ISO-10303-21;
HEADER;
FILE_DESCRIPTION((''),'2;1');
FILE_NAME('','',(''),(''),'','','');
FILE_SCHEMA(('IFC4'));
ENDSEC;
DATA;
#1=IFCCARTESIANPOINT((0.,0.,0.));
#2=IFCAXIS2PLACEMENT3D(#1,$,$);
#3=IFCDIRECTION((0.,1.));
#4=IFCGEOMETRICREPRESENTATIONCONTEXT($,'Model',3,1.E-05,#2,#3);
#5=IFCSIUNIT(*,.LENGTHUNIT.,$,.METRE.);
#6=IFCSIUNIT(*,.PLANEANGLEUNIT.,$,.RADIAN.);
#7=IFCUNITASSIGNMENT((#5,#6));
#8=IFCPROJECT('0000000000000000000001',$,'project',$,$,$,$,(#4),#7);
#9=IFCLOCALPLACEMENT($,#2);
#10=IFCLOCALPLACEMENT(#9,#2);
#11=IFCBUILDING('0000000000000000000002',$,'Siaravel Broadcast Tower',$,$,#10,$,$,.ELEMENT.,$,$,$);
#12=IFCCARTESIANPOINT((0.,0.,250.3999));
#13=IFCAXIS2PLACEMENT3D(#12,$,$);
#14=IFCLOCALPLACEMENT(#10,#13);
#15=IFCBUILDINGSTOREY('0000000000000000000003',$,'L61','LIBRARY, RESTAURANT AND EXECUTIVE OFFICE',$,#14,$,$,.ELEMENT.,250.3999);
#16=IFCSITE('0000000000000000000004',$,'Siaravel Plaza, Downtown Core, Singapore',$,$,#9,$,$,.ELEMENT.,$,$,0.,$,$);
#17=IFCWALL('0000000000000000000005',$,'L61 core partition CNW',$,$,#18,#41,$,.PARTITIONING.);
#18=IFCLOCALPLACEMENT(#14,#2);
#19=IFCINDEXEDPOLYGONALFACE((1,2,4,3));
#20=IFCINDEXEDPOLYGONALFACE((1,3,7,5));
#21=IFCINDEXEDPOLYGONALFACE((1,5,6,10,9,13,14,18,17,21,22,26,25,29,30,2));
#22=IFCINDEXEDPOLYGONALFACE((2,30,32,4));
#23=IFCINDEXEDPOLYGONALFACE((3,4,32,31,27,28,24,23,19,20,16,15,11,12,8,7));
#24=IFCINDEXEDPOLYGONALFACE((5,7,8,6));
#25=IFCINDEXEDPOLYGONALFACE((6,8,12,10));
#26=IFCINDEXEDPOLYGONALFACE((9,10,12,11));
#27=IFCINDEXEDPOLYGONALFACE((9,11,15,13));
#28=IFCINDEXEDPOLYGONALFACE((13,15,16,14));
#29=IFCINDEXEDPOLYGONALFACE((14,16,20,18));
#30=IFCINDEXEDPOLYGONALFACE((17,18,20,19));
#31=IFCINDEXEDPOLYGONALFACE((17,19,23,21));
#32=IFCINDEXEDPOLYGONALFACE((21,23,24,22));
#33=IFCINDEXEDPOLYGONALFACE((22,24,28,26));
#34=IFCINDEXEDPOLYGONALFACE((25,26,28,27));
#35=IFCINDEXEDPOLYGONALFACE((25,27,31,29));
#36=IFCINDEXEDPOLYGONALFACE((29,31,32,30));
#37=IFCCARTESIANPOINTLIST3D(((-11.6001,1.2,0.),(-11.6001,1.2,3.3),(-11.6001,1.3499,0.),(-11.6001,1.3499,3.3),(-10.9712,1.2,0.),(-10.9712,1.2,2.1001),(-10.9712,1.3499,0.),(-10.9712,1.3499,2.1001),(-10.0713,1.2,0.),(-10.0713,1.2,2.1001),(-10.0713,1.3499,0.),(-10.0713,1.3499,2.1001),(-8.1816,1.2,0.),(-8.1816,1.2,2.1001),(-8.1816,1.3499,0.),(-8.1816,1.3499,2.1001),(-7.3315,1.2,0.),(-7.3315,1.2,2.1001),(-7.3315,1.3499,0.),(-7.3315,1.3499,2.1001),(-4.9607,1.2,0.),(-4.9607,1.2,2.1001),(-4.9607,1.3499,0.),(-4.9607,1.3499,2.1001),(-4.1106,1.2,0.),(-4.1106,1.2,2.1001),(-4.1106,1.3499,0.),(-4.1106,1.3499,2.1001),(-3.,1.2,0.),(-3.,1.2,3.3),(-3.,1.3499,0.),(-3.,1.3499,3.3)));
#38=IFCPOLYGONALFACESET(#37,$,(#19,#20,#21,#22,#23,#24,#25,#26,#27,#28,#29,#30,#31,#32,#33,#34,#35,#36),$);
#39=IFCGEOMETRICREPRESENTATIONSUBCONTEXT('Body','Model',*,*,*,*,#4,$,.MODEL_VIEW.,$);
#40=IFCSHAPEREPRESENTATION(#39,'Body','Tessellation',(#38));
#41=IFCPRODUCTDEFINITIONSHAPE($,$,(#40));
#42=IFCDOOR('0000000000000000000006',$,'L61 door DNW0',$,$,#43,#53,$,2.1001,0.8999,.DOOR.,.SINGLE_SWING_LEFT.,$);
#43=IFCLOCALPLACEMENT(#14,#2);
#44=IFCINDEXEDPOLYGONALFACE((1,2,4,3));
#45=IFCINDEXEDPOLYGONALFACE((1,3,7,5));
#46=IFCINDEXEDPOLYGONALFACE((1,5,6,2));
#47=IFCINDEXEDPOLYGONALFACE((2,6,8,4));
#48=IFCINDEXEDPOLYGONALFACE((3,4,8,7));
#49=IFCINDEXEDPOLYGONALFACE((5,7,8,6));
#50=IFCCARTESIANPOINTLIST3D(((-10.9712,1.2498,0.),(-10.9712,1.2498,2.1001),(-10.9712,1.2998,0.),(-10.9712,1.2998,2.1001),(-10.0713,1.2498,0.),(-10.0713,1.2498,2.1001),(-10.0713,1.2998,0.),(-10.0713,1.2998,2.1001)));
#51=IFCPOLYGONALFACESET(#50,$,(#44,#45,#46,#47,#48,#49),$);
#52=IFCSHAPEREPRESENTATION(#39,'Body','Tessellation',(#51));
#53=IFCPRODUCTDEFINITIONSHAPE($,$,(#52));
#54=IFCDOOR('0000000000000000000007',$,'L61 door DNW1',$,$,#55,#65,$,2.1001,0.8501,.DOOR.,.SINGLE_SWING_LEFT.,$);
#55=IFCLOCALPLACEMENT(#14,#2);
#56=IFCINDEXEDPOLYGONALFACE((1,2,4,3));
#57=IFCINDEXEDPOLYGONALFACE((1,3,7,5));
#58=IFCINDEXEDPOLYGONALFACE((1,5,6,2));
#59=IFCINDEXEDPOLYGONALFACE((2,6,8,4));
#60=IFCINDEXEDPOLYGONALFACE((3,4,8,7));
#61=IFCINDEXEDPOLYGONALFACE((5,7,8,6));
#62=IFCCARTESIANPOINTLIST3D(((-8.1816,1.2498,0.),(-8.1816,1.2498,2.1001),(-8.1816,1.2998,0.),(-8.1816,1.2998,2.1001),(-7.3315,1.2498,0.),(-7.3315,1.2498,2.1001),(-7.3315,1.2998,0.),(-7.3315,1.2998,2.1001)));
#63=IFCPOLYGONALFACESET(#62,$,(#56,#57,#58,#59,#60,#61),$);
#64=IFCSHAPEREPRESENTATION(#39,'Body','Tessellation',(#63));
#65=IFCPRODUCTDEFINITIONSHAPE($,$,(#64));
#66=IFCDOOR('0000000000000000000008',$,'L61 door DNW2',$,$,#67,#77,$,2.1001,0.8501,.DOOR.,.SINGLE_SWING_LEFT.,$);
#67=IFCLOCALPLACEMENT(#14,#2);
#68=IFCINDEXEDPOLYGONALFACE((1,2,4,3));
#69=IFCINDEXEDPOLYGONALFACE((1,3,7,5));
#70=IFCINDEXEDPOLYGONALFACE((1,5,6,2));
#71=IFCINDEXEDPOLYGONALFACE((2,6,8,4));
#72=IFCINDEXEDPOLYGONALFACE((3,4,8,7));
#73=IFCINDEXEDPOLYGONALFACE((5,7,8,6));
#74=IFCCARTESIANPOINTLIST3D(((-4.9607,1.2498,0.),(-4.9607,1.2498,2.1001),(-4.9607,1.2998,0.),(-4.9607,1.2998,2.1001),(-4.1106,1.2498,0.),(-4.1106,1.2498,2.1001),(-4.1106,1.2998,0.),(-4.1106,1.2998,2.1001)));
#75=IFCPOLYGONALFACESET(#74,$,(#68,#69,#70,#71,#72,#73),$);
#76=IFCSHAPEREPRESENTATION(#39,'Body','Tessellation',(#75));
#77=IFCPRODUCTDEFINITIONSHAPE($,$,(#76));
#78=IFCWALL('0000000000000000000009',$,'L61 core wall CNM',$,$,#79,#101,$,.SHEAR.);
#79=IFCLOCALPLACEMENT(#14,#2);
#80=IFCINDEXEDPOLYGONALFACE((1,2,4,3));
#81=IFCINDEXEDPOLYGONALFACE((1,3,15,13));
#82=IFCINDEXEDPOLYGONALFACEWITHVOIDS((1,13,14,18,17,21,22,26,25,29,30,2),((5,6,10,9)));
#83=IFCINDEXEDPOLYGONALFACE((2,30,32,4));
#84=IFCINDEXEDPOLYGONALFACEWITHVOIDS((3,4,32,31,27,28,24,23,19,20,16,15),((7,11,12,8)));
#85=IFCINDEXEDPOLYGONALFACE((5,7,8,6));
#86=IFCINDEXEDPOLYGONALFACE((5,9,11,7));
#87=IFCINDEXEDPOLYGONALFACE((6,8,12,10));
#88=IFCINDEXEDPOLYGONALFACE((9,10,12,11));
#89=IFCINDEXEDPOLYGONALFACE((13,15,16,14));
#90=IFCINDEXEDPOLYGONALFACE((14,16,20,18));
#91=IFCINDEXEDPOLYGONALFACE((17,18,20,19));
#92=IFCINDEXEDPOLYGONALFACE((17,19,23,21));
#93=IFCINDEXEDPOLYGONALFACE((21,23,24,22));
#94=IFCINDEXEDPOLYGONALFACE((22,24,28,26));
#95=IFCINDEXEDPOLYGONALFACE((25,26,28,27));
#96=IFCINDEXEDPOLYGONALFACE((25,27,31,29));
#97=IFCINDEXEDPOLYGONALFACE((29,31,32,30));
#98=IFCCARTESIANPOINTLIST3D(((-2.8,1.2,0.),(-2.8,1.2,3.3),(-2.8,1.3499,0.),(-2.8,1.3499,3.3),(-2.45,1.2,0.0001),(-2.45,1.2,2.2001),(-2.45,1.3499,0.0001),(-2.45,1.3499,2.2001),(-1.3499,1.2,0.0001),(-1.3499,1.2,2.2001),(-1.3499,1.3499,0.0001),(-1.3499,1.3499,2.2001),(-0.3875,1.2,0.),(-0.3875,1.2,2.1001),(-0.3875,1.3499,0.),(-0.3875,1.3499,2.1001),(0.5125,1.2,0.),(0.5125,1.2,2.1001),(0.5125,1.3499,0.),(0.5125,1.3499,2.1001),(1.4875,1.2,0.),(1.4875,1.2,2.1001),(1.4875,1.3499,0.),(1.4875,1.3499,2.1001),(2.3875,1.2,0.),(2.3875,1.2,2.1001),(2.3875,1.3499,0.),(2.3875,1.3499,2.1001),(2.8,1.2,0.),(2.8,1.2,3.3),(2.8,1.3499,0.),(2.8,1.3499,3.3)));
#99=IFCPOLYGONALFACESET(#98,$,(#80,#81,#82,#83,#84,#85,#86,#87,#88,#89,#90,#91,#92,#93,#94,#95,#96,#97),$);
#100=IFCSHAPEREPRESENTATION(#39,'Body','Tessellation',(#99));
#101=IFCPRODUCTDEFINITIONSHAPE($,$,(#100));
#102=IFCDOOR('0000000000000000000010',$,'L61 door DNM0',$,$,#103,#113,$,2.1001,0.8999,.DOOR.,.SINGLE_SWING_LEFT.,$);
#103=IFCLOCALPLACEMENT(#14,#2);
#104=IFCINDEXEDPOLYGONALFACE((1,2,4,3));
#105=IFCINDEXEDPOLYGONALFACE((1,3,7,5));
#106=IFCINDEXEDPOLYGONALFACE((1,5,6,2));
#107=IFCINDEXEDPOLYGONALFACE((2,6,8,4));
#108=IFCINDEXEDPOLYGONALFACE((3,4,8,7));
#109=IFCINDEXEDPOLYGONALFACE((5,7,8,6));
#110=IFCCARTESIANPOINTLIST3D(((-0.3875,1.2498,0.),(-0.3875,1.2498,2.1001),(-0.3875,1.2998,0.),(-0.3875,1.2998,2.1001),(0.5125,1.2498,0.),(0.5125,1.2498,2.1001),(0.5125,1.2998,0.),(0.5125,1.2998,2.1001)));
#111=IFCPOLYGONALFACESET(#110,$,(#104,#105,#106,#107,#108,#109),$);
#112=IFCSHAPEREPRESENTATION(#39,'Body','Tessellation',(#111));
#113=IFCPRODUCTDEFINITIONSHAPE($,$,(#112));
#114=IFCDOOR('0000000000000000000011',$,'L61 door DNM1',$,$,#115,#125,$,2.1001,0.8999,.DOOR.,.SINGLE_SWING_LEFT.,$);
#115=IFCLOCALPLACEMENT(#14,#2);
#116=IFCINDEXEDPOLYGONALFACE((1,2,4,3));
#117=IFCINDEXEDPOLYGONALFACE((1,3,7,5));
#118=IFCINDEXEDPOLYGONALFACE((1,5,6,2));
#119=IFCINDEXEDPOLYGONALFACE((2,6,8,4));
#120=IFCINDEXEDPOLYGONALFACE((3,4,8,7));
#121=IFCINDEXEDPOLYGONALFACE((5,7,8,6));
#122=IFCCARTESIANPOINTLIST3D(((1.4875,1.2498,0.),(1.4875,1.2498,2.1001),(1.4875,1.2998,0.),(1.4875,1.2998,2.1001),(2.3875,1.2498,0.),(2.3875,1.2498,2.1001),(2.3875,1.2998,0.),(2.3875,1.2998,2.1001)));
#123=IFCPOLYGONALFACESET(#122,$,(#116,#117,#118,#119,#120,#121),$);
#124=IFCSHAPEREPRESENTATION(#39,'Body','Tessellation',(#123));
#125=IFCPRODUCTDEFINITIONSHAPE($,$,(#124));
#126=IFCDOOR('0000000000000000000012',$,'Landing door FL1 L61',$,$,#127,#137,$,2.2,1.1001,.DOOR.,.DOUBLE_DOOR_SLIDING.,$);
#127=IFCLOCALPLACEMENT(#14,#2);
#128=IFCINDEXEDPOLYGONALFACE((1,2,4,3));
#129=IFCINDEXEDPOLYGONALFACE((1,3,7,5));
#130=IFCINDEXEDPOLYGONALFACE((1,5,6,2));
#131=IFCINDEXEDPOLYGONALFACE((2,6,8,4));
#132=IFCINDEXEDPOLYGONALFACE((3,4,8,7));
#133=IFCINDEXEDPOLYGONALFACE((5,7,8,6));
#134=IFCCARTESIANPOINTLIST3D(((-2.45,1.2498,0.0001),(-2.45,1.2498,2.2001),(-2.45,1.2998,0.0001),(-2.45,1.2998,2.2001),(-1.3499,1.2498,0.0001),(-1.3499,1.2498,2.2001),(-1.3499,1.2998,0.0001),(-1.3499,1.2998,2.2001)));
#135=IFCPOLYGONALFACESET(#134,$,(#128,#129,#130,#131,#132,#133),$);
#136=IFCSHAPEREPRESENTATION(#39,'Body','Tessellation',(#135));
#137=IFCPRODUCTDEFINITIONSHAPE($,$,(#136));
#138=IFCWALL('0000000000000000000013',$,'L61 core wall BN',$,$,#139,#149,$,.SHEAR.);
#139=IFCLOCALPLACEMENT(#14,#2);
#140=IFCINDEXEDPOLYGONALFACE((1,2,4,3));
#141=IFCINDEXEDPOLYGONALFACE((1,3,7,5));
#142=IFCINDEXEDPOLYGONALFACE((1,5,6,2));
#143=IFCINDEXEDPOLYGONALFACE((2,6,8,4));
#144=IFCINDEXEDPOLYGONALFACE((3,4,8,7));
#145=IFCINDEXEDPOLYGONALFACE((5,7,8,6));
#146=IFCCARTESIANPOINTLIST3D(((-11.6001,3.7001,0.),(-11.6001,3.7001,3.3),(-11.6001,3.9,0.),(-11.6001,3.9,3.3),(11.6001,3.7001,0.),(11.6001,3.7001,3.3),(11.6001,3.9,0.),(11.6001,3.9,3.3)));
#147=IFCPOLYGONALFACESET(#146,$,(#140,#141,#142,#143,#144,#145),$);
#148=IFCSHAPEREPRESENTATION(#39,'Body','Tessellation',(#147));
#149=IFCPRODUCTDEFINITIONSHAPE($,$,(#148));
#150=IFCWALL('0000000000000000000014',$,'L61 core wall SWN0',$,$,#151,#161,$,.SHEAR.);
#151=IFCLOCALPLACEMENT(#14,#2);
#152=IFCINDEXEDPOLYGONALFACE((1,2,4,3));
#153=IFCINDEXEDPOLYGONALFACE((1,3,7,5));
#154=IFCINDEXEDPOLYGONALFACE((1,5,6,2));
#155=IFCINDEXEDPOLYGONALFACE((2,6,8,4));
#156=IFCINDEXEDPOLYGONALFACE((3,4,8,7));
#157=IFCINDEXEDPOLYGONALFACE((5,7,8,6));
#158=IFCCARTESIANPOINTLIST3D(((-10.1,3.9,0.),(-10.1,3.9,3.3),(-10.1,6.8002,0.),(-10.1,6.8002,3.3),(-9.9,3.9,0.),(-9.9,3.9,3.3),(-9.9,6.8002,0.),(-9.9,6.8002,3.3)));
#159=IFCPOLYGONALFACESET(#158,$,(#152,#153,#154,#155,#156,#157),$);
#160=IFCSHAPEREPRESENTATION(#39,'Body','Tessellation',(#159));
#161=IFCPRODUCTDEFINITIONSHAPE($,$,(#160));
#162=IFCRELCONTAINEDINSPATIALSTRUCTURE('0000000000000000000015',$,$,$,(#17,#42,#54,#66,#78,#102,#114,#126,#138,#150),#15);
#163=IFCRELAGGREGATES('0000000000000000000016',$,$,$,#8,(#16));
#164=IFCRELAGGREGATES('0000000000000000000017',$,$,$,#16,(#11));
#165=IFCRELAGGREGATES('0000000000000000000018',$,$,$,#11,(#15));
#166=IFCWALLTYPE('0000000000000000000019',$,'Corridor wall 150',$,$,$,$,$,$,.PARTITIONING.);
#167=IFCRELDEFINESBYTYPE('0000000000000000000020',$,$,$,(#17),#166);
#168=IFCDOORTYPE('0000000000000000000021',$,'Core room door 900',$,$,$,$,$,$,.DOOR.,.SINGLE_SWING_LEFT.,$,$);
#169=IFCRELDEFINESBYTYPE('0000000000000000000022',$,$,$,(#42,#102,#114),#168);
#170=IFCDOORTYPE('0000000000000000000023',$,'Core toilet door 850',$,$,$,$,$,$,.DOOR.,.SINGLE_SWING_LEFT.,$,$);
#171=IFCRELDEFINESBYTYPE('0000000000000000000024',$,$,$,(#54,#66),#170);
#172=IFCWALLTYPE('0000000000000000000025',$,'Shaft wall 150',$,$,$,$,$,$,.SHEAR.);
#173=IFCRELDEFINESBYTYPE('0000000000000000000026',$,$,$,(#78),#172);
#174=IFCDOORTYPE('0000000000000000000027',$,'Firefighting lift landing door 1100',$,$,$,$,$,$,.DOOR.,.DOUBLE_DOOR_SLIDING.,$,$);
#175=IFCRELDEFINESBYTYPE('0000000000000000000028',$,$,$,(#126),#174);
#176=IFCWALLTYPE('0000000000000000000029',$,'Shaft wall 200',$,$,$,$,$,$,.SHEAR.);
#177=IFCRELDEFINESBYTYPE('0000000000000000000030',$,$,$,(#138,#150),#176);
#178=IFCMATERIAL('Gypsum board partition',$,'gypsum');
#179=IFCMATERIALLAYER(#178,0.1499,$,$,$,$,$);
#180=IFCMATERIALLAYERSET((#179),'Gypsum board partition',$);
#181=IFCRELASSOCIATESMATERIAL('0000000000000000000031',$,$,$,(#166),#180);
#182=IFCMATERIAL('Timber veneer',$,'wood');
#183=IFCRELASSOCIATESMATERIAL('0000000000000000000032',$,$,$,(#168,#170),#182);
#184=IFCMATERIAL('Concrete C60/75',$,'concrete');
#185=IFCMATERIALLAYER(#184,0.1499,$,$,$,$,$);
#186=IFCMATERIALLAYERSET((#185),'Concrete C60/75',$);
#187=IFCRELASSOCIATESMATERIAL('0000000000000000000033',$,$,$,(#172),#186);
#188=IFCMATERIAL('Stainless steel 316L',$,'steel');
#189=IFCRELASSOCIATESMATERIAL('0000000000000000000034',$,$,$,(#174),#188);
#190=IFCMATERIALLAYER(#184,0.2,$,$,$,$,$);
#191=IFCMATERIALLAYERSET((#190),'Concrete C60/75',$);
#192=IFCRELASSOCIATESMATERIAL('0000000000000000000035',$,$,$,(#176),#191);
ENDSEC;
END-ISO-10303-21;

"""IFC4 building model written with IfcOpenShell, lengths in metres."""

from ifc_helpers import new_model, si_unit, direction, frame, frame_2d, origin, place, context, subcontext, project, spatial, rectangle, extrude, material, layer, layer_set, type_object, element, fill, save


model = new_model("IFC4")

# Units and contexts
model_context = context("Model", 3, precision=1e-05, world=origin(), true_north=direction((0.0, 1.0)))
body_context = subcontext(model_context, "Body", "Model", "MODEL_VIEW")
ifc_project = project(units=[si_unit("LENGTHUNIT", "METRE"), si_unit("PLANEANGLEUNIT", "RADIAN")], contexts=[model_context])

# Site, building, storey
site_placement = place(None, origin())
site = spatial("IfcSite", under=ifc_project, at=site_placement, Name="Siaravel Plaza, Downtown Core, Singapore", CompositionType="ELEMENT", RefElevation=0.0)
building_placement = place(site_placement, origin())
building = spatial("IfcBuilding", under=site, at=building_placement, Name="Siaravel Broadcast Tower", CompositionType="ELEMENT")
storey_placement = place(building_placement, frame((0.0, 0.0, 250.3999)))
storey = spatial("IfcBuildingStorey", under=building, at=storey_placement, Name="L61", Description="LIBRARY, RESTAURANT AND EXECUTIVE OFFICE", CompositionType="ELEMENT", Elevation=250.3999)

# Walls, openings, doors
ifc_material_1 = material(Name="Gypsum board partition", Category="gypsum")
ifc_layer_1 = layer(ifc_material_1, 0.1499)
ifc_layer_set_1 = layer_set([ifc_layer_1], Name="Gypsum board partition")
wall_type_1 = type_object("IfcWallType", Name="Corridor wall 150", PredefinedType="PARTITIONING", material=ifc_layer_set_1)
wall_1_placement = place(storey_placement, frame((-11.6001, 1.2749, 0.0), z_axis=(0.0, 0.0, 1.0), x_axis=(1.0, 0.0, 0.0)))
wall_1 = element("IfcWall", 1, at=wall_1_placement, inside=storey, type_object=wall_type_1, Name="L61 core partition CNW", PredefinedType="PARTITIONING", context=body_context, shape_type="SweptSolid", body=[
    extrude(rectangle(XDim=8.6001, YDim=0.1499, at=frame_2d((4.3, 0.0))), origin(), (0.0, 0.0, 1.0), 3.3),
])
opening_1_placement = place(wall_1_placement, frame((0.6289, 0.0, 0.0)))
opening_1 = element("IfcOpeningElement", 2, at=opening_1_placement, cuts=wall_1, PredefinedType="OPENING", context=body_context, shape_type="SweptSolid", body=[
    extrude(rectangle(XDim=0.8999, YDim=2.1001, at=frame_2d((0.45, 1.05))), frame((0.0, 0.085, 0.0), z_axis=(0.0, -1.0, 0.0), x_axis=(1.0, 0.0, 0.0)), (0.0, 0.0, 1.0), 0.1699),
])
opening_2_placement = place(wall_1_placement, frame((3.4185, 0.0, 0.0)))
opening_2 = element("IfcOpeningElement", 3, at=opening_2_placement, cuts=wall_1, PredefinedType="OPENING", context=body_context, shape_type="SweptSolid", body=[
    extrude(rectangle(XDim=0.8501, YDim=2.1001, at=frame_2d((0.425, 1.05))), frame((0.0, 0.085, 0.0), z_axis=(0.0, -1.0, 0.0), x_axis=(1.0, 0.0, 0.0)), (0.0, 0.0, 1.0), 0.1699),
])
opening_3_placement = place(wall_1_placement, frame((6.6394, 0.0, 0.0)))
opening_3 = element("IfcOpeningElement", 4, at=opening_3_placement, cuts=wall_1, PredefinedType="OPENING", context=body_context, shape_type="SweptSolid", body=[
    extrude(rectangle(XDim=0.8501, YDim=2.1001, at=frame_2d((0.425, 1.05))), frame((0.0, 0.085, 0.0), z_axis=(0.0, -1.0, 0.0), x_axis=(1.0, 0.0, 0.0)), (0.0, 0.0, 1.0), 0.1699),
])
ifc_material_2 = material(Name="Timber veneer", Category="wood")
door_type_1 = type_object("IfcDoorType", Name="Core room door 900", OperationType="SINGLE_SWING_LEFT", PredefinedType="DOOR", material=ifc_material_2)
door_1_placement = place(opening_1_placement, origin())
door_1 = element("IfcDoor", 5, at=door_1_placement, inside=storey, type_object=door_type_1, Name="L61 door DNW0", OperationType="SINGLE_SWING_LEFT", OverallHeight=2.1001, OverallWidth=0.8999, PredefinedType="DOOR", context=body_context, shape_type="SweptSolid", body=[
    extrude(rectangle(XDim=0.8999, YDim=2.1001, at=frame_2d((0.45, 1.05))), frame((0.0, 0.0249, 0.0), z_axis=(0.0, -1.0, 0.0), x_axis=(1.0, 0.0, 0.0)), (0.0, 0.0, 1.0), 0.05),
])
fill(opening_1, door_1)
door_type_2 = type_object("IfcDoorType", Name="Core toilet door 850", OperationType="SINGLE_SWING_LEFT", PredefinedType="DOOR", material=ifc_material_2)
door_2_placement = place(opening_2_placement, origin())
door_2 = element("IfcDoor", 6, at=door_2_placement, inside=storey, type_object=door_type_2, Name="L61 door DNW1", OperationType="SINGLE_SWING_LEFT", OverallHeight=2.1001, OverallWidth=0.8501, PredefinedType="DOOR", context=body_context, shape_type="SweptSolid", body=[
    extrude(rectangle(XDim=0.8501, YDim=2.1001, at=frame_2d((0.425, 1.05))), frame((0.0, 0.0249, 0.0), z_axis=(0.0, -1.0, 0.0), x_axis=(1.0, 0.0, 0.0)), (0.0, 0.0, 1.0), 0.05),
])
fill(opening_2, door_2)
door_3_placement = place(opening_3_placement, origin())
door_3 = element("IfcDoor", 7, at=door_3_placement, inside=storey, type_object=door_type_2, Name="L61 door DNW2", OperationType="SINGLE_SWING_LEFT", OverallHeight=2.1001, OverallWidth=0.8501, PredefinedType="DOOR", context=body_context, shape_type="SweptSolid", body=[
    extrude(rectangle(XDim=0.8501, YDim=2.1001, at=frame_2d((0.425, 1.05))), frame((0.0, 0.0249, 0.0), z_axis=(0.0, -1.0, 0.0), x_axis=(1.0, 0.0, 0.0)), (0.0, 0.0, 1.0), 0.05),
])
fill(opening_3, door_3)
ifc_material_3 = material(Name="Concrete C60/75", Category="concrete")
ifc_layer_2 = layer(ifc_material_3, 0.1499)
ifc_layer_set_2 = layer_set([ifc_layer_2], Name="Concrete C60/75")
wall_type_2 = type_object("IfcWallType", Name="Shaft wall 150", PredefinedType="SHEAR", material=ifc_layer_set_2)
wall_2_placement = place(storey_placement, frame((-2.8, 1.2749, 0.0), z_axis=(0.0, 0.0, 1.0), x_axis=(1.0, 0.0, 0.0)))
wall_2 = element("IfcWall", 8, at=wall_2_placement, inside=storey, type_object=wall_type_2, Name="L61 core wall CNM", PredefinedType="SHEAR", context=body_context, shape_type="SweptSolid", body=[
    extrude(rectangle(XDim=5.6001, YDim=0.1499, at=frame_2d((2.8, 0.0))), origin(), (0.0, 0.0, 1.0), 3.3),
])
opening_4_placement = place(wall_2_placement, frame((0.3501, 0.0, 0.0)))
opening_4 = element("IfcOpeningElement", 9, at=opening_4_placement, cuts=wall_2, PredefinedType="OPENING", context=body_context, shape_type="SweptSolid", body=[
    extrude(rectangle(XDim=1.1001, YDim=2.2, at=frame_2d((0.55, 1.1001))), frame((0.0, 0.085, 0.0), z_axis=(0.0, -1.0, 0.0), x_axis=(1.0, 0.0, 0.0)), (0.0, 0.0, 1.0), 0.1699),
])
opening_5_placement = place(wall_2_placement, frame((2.4126, 0.0, 0.0)))
opening_5 = element("IfcOpeningElement", 10, at=opening_5_placement, cuts=wall_2, PredefinedType="OPENING", context=body_context, shape_type="SweptSolid", body=[
    extrude(rectangle(XDim=0.8999, YDim=2.1001, at=frame_2d((0.45, 1.05))), frame((0.0, 0.085, 0.0), z_axis=(0.0, -1.0, 0.0), x_axis=(1.0, 0.0, 0.0)), (0.0, 0.0, 1.0), 0.1699),
])
opening_6_placement = place(wall_2_placement, frame((4.2876, 0.0, 0.0)))
opening_6 = element("IfcOpeningElement", 11, at=opening_6_placement, cuts=wall_2, PredefinedType="OPENING", context=body_context, shape_type="SweptSolid", body=[
    extrude(rectangle(XDim=0.8999, YDim=2.1001, at=frame_2d((0.45, 1.05))), frame((0.0, 0.085, 0.0), z_axis=(0.0, -1.0, 0.0), x_axis=(1.0, 0.0, 0.0)), (0.0, 0.0, 1.0), 0.1699),
])
door_4_placement = place(opening_5_placement, origin())
door_4 = element("IfcDoor", 12, at=door_4_placement, inside=storey, type_object=door_type_1, Name="L61 door DNM0", OperationType="SINGLE_SWING_LEFT", OverallHeight=2.1001, OverallWidth=0.8999, PredefinedType="DOOR", context=body_context, shape_type="SweptSolid", body=[
    extrude(rectangle(XDim=0.8999, YDim=2.1001, at=frame_2d((0.45, 1.05))), frame((0.0, 0.0249, 0.0), z_axis=(0.0, -1.0, 0.0), x_axis=(1.0, 0.0, 0.0)), (0.0, 0.0, 1.0), 0.05),
])
fill(opening_5, door_4)
door_5_placement = place(opening_6_placement, origin())
door_5 = element("IfcDoor", 13, at=door_5_placement, inside=storey, type_object=door_type_1, Name="L61 door DNM1", OperationType="SINGLE_SWING_LEFT", OverallHeight=2.1001, OverallWidth=0.8999, PredefinedType="DOOR", context=body_context, shape_type="SweptSolid", body=[
    extrude(rectangle(XDim=0.8999, YDim=2.1001, at=frame_2d((0.45, 1.05))), frame((0.0, 0.0249, 0.0), z_axis=(0.0, -1.0, 0.0), x_axis=(1.0, 0.0, 0.0)), (0.0, 0.0, 1.0), 0.05),
])
fill(opening_6, door_5)
ifc_material_4 = material(Name="Stainless steel 316L", Category="steel")
door_type_3 = type_object("IfcDoorType", Name="Firefighting lift landing door 1100", OperationType="DOUBLE_DOOR_SLIDING", PredefinedType="DOOR", material=ifc_material_4)
door_6_placement = place(opening_4_placement, origin())
door_6 = element("IfcDoor", 14, at=door_6_placement, inside=storey, type_object=door_type_3, Name="Landing door FL1 L61", OperationType="DOUBLE_DOOR_SLIDING", OverallHeight=2.2, OverallWidth=1.1001, PredefinedType="DOOR", context=body_context, shape_type="SweptSolid", body=[
    extrude(rectangle(XDim=1.1001, YDim=2.2, at=frame_2d((0.55, 1.1001))), frame((0.0, 0.0249, 0.0), z_axis=(0.0, -1.0, 0.0), x_axis=(1.0, 0.0, 0.0)), (0.0, 0.0, 1.0), 0.05),
])
fill(opening_4, door_6)

# Walls
ifc_layer_3 = layer(ifc_material_3, 0.2)
ifc_layer_set_3 = layer_set([ifc_layer_3], Name="Concrete C60/75")
wall_type_3 = type_object("IfcWallType", Name="Shaft wall 200", PredefinedType="SHEAR", material=ifc_layer_set_3)
wall_3_placement = place(storey_placement, frame((-11.6001, 3.8, 0.0), z_axis=(0.0, 0.0, 1.0), x_axis=(1.0, 0.0, 0.0)))
element("IfcWall", 15, at=wall_3_placement, inside=storey, type_object=wall_type_3, Name="L61 core wall BN", PredefinedType="SHEAR", context=body_context, shape_type="SweptSolid", body=[
    extrude(rectangle(XDim=23.2002, YDim=0.2, at=frame_2d((11.6001, 0.0))), origin(), (0.0, 0.0, 1.0), 3.3),
])
for number, where, z_axis, x_axis, name in (
    (16, (-10.0, 3.8999, 0.0), (0.0, 0.0, 1.0), (0.0, 1.0, 0.0), "L61 core wall SWN0"),
):
    element("IfcWall", number, at=place(storey_placement, frame(where, z_axis=z_axis, x_axis=x_axis)), inside=storey, type_object=wall_type_3, Name=name, PredefinedType="SHEAR", context=body_context, shape_type="SweptSolid", body=[
        extrude(rectangle(XDim=2.9001, YDim=0.2, at=frame_2d((1.4502, 0.0))), origin(), (0.0, 0.0, 1.0), 3.3),
    ])

save(model, "model.ifc")
